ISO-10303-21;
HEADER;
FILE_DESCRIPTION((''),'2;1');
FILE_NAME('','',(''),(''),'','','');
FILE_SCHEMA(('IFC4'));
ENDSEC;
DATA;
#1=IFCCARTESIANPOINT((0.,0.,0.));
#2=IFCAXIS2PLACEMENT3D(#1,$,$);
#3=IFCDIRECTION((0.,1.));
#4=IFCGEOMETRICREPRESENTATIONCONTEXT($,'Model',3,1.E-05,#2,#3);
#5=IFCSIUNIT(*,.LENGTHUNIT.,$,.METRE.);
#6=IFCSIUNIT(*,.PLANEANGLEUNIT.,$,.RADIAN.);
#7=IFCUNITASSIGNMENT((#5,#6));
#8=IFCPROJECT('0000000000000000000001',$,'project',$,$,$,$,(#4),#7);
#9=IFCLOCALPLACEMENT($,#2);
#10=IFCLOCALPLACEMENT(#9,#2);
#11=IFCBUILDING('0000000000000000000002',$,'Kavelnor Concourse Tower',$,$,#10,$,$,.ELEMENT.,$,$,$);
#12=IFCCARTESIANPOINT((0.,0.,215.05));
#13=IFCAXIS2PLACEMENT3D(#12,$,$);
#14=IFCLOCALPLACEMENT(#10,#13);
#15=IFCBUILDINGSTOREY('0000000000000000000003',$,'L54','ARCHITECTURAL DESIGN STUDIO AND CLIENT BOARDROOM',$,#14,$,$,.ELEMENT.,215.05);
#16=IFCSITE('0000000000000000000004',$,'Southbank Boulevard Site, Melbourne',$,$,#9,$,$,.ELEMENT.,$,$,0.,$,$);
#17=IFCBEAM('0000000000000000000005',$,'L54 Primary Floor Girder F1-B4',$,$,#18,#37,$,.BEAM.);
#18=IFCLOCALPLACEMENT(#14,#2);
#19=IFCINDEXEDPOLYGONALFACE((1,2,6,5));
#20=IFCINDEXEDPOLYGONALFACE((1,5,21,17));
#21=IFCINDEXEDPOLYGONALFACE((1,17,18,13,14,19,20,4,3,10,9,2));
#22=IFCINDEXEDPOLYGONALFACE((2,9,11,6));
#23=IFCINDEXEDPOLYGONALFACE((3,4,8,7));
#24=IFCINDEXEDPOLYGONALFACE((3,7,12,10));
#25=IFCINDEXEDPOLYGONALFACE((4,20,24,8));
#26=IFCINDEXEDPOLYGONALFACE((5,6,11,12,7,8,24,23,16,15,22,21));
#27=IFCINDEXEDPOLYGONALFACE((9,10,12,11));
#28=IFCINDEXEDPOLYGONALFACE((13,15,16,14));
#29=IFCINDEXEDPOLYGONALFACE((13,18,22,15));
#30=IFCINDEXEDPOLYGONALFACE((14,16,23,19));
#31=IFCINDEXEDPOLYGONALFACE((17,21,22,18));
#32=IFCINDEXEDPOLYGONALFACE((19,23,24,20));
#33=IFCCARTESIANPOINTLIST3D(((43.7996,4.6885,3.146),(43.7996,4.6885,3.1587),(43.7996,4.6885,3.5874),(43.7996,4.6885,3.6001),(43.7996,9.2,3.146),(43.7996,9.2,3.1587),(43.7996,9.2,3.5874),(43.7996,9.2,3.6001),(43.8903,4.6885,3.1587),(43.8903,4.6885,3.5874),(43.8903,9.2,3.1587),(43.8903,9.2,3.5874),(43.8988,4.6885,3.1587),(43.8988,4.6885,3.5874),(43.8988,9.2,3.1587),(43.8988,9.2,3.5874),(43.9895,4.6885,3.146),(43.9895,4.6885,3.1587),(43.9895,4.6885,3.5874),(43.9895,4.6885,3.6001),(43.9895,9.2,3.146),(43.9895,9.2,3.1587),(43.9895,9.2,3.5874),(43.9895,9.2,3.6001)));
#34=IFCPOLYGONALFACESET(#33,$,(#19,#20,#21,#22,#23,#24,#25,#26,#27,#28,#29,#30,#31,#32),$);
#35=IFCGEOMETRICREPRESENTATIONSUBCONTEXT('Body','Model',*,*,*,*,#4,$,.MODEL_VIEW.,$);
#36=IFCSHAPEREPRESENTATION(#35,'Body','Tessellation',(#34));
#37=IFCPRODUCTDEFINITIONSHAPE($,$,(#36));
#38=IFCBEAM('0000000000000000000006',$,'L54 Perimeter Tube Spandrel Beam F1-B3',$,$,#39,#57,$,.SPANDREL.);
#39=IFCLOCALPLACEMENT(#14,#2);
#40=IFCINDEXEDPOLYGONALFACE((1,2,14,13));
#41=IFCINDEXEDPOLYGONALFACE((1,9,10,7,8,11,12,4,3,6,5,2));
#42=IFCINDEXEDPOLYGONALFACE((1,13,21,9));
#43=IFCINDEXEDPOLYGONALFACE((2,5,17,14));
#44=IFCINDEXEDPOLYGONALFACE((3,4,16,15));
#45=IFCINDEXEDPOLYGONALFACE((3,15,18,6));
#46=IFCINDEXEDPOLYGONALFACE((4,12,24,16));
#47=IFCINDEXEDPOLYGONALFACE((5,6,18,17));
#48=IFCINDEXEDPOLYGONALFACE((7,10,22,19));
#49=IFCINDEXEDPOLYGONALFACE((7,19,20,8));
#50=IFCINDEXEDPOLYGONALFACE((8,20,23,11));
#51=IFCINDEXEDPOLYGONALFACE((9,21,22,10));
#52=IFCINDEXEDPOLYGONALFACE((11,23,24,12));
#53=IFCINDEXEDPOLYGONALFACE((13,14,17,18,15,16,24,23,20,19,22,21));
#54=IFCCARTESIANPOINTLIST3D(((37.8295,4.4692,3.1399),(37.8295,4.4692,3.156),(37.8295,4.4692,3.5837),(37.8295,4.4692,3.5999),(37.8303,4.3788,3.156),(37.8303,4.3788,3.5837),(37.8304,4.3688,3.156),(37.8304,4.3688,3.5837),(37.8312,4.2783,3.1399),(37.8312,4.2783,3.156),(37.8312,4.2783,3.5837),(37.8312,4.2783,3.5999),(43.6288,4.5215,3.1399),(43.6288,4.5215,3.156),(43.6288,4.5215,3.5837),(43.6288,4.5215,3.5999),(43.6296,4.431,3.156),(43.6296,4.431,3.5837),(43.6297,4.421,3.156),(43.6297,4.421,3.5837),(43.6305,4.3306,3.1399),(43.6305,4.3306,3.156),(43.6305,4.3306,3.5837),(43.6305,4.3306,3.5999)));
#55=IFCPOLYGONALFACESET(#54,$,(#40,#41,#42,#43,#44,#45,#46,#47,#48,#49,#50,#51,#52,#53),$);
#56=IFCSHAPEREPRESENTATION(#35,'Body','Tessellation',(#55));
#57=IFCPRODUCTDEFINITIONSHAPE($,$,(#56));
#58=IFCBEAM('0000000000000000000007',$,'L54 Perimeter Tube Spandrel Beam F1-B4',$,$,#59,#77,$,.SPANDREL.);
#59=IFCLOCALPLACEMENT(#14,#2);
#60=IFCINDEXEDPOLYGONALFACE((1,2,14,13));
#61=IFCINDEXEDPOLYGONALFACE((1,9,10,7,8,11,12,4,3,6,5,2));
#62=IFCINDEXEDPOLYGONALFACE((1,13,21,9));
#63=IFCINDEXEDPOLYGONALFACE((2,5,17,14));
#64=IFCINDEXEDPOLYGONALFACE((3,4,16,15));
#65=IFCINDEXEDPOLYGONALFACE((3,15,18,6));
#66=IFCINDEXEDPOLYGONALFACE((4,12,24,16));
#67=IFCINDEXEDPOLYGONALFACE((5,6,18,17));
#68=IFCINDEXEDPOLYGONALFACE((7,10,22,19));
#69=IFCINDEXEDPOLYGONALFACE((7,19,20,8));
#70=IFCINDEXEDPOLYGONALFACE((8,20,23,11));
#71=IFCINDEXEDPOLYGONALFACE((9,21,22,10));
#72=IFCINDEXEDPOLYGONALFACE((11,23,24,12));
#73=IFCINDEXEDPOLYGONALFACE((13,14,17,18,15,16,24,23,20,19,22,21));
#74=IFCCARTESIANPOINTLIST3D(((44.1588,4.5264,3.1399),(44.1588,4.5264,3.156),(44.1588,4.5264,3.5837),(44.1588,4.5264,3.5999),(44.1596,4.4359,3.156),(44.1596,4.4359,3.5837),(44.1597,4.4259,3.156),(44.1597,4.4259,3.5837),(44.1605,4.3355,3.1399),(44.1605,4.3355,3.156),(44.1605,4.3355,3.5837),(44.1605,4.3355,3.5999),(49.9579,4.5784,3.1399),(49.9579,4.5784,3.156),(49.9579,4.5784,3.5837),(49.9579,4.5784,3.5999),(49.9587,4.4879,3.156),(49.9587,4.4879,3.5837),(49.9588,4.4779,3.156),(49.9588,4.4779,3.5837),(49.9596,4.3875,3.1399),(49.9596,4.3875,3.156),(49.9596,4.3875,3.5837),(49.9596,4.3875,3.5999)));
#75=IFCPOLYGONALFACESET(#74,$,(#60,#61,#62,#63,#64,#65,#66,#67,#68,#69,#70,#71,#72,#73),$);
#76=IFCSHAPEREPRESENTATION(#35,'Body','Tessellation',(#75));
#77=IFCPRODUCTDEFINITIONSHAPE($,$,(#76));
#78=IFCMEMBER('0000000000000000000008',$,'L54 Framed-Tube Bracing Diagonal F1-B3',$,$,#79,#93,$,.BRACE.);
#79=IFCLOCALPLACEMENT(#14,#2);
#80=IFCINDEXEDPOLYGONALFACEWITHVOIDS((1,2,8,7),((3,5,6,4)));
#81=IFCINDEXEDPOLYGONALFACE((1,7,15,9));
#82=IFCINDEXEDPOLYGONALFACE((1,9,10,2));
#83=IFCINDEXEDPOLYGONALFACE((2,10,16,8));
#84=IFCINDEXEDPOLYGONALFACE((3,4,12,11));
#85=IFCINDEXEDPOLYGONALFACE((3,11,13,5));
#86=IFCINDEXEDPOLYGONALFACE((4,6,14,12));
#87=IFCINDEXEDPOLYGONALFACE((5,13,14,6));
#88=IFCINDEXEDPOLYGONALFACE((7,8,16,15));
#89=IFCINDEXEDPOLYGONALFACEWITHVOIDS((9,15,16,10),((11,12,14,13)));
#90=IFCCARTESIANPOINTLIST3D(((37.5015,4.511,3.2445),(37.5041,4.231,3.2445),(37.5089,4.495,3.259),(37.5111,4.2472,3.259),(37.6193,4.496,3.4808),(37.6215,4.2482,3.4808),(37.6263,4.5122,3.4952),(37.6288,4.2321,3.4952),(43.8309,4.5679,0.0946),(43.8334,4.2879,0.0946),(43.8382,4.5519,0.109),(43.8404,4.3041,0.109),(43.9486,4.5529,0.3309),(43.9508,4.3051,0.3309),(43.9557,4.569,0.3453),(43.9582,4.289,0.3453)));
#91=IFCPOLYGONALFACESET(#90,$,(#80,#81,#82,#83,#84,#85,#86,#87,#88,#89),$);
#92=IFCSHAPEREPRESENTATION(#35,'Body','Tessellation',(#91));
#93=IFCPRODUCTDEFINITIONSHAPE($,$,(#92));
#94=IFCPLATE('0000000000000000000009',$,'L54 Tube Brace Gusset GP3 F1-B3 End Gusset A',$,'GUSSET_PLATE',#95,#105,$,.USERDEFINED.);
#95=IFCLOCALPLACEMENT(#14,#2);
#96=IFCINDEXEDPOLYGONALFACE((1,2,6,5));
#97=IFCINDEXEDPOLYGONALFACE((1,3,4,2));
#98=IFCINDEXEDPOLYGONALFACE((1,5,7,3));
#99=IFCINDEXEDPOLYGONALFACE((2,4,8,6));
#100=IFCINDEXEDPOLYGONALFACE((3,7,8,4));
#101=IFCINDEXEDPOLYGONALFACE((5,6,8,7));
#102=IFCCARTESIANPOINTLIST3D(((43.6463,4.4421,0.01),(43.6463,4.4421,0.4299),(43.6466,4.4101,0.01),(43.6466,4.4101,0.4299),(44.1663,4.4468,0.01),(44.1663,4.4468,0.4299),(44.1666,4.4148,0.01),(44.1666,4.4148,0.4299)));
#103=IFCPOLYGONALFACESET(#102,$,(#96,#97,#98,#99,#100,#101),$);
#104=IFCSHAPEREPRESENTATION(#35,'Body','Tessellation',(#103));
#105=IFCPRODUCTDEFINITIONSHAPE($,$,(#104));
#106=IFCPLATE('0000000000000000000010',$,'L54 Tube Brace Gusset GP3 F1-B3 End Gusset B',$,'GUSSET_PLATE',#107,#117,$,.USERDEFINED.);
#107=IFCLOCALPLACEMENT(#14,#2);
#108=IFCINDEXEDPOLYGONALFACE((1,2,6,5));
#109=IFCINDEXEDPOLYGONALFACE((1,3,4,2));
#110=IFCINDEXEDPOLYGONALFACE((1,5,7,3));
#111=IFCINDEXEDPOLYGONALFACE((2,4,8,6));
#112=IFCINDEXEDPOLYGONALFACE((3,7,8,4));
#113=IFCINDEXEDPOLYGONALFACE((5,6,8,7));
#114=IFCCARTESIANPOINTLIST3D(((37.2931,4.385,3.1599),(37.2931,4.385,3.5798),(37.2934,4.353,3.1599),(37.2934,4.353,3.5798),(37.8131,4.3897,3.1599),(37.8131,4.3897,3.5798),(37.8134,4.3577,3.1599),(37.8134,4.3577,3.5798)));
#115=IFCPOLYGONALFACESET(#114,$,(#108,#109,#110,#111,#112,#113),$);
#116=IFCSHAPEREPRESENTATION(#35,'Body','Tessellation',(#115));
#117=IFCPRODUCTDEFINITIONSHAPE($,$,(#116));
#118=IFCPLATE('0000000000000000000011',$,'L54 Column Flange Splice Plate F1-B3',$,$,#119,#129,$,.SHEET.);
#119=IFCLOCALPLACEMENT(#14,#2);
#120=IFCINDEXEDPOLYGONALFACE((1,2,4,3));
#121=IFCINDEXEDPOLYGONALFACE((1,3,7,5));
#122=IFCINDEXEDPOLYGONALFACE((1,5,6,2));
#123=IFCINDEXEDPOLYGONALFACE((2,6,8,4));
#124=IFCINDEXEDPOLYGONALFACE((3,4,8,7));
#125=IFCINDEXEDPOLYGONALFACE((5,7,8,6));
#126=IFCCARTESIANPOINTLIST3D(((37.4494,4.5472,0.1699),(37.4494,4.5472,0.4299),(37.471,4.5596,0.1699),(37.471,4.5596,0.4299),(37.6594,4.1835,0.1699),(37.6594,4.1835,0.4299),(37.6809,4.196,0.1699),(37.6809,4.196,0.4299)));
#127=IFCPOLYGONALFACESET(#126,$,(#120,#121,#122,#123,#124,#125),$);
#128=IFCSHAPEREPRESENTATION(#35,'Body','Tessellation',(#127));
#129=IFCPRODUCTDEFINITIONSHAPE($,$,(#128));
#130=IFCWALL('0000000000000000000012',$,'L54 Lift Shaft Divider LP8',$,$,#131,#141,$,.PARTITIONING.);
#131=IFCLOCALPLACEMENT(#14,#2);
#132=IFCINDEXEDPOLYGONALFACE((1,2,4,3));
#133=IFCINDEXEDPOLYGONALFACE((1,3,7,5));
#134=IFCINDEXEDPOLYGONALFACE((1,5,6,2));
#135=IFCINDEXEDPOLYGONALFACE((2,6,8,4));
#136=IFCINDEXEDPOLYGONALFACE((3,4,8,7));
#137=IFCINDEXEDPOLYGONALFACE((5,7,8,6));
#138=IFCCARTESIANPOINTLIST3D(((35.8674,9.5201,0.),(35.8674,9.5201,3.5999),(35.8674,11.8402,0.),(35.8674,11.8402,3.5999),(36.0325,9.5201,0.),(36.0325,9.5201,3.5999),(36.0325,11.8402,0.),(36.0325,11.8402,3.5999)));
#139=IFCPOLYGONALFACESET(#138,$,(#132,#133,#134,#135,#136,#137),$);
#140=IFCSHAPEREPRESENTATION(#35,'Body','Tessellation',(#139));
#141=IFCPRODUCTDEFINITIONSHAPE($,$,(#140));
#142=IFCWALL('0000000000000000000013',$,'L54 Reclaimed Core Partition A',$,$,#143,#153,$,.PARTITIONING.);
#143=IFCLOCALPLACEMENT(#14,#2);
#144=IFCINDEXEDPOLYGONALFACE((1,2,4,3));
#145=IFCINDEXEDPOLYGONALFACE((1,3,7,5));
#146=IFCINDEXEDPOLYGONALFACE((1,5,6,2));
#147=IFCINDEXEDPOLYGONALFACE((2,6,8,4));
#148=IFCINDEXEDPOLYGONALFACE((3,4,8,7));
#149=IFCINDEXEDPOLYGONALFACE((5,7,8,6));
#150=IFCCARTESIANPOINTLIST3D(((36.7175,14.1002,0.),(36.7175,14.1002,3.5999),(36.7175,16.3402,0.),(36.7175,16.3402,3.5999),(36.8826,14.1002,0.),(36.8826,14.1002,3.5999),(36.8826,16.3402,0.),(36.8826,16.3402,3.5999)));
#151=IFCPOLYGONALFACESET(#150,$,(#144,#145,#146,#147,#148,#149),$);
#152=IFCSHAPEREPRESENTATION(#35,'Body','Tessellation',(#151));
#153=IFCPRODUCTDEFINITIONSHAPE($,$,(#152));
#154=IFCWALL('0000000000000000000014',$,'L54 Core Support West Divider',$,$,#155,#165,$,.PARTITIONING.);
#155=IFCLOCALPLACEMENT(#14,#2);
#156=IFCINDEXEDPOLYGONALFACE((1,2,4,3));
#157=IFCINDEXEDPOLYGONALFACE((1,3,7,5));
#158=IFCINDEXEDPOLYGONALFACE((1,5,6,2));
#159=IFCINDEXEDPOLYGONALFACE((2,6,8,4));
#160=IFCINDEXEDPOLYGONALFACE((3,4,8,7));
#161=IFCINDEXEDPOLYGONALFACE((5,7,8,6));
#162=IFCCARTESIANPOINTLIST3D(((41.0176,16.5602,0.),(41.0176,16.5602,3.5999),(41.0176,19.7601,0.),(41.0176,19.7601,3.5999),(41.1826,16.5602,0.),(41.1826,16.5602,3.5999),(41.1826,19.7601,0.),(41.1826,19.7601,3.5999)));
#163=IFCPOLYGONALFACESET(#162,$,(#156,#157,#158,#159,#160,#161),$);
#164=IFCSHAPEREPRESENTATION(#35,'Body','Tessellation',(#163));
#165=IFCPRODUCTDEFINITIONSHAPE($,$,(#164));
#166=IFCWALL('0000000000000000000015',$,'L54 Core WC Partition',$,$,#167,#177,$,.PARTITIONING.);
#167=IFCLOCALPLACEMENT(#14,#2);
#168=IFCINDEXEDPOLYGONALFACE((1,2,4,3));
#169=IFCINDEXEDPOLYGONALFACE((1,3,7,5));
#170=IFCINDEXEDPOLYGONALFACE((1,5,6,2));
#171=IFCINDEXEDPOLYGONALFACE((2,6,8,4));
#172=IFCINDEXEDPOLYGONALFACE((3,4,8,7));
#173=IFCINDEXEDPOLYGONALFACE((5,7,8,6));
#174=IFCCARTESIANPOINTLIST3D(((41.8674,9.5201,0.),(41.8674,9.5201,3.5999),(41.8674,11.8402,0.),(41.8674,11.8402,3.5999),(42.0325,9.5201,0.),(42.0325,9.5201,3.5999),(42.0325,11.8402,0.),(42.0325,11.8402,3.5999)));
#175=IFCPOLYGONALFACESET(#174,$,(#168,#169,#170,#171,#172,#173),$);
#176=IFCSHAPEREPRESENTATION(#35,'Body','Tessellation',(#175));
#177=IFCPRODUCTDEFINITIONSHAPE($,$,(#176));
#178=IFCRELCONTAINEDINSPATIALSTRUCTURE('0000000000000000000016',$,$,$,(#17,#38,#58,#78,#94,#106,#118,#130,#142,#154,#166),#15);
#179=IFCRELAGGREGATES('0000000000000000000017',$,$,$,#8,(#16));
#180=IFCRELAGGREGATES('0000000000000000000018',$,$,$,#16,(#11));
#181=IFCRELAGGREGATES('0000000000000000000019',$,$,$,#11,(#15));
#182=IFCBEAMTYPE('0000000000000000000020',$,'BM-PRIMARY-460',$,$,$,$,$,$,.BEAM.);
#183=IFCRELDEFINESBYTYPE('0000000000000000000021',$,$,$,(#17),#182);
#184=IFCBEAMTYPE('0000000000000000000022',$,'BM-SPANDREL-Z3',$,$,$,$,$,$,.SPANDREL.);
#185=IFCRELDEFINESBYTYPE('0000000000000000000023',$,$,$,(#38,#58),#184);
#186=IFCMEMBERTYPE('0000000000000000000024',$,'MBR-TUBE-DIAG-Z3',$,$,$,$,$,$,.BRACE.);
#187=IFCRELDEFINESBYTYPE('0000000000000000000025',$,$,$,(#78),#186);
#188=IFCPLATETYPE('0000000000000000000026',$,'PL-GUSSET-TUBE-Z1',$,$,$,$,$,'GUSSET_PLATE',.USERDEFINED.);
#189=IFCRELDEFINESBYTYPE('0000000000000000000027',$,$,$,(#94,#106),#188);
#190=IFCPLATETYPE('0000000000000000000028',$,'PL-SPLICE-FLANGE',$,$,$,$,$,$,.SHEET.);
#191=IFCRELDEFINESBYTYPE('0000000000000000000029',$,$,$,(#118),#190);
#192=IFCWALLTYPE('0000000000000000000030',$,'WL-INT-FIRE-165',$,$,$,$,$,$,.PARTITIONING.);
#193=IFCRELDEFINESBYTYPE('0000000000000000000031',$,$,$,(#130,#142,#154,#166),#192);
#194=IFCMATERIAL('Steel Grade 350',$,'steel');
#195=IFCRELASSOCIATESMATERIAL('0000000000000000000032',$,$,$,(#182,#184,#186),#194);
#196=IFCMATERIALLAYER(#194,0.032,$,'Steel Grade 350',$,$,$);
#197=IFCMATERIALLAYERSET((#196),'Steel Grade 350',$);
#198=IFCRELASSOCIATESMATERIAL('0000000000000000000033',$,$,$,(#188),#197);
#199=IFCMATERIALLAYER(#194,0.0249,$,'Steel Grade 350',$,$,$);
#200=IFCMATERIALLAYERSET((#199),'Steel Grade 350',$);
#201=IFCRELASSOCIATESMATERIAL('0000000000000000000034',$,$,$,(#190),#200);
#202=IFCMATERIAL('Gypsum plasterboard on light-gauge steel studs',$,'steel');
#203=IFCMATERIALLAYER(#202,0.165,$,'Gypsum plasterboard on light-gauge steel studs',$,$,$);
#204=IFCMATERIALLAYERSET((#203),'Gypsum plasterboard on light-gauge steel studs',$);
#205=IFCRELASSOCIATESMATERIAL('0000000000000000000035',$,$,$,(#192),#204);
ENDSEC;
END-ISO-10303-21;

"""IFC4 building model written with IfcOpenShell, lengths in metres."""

from ifc_helpers import new_model, si_unit, direction, frame, frame_2d, origin, origin_2d, place, context, subcontext, project, spatial, rectangle, hollow_rectangle, i_section, extrude, material, layer, layer_set, material_profile, profile_set, type_object, element, save


model = new_model("IFC4")

# Units and contexts
model_context = context("Model", 3, precision=1e-05, world=origin(), true_north=direction((0.0, 1.0)))
body_context = subcontext(model_context, "Body", "Model", "MODEL_VIEW")
ifc_project = project(units=[si_unit("LENGTHUNIT", "METRE"), si_unit("PLANEANGLEUNIT", "RADIAN")], contexts=[model_context])

# Site, building, storey
site_placement = place(None, origin())
site = spatial("IfcSite", under=ifc_project, at=site_placement, Name="Southbank Boulevard Site, Melbourne", CompositionType="ELEMENT", RefElevation=0.0)
building_placement = place(site_placement, origin())
building = spatial("IfcBuilding", under=site, at=building_placement, Name="Kavelnor Concourse Tower", CompositionType="ELEMENT")
storey_placement = place(building_placement, frame((0.0, 0.0, 215.05)))
storey = spatial("IfcBuildingStorey", under=building, at=storey_placement, Name="L54", Description="ARCHITECTURAL DESIGN STUDIO AND CLIENT BOARDROOM", CompositionType="ELEMENT", Elevation=215.05)

# Shared definitions
ifc_material_1 = material(Name="Steel Grade 350", Category="steel")

# Beams
ifc_material_profile_1 = material_profile(ifc_material_1, i_section(OverallWidth=0.1899, OverallDepth=0.4541, WebThickness=0.0085, FlangeThickness=0.0127, at=origin_2d()), Name="460UB67")
ifc_profile_set_1 = profile_set([ifc_material_profile_1], Name="Steel Grade 350")
beam_type_1 = type_object("IfcBeamType", Name="BM-PRIMARY-460", PredefinedType="BEAM", material=ifc_profile_set_1)
beam_1_placement = place(storey_placement, frame((43.8945, 9.2, 3.373), z_axis=(0.0, -1.0, 0.0), x_axis=(1.0, 0.0, 0.0)))
element("IfcBeam", 1, at=beam_1_placement, inside=storey, type_object=beam_type_1, Name="L54 Primary Floor Girder F1-B4", PredefinedType="BEAM", context=body_context, shape_type="SweptSolid", body=[
    extrude(i_section(OverallWidth=0.1899, OverallDepth=0.4541, WebThickness=0.0085, FlangeThickness=0.0127, at=origin_2d()), origin(), (0.0, 0.0, 1.0), 4.5115),
])
ifc_material_profile_2 = material_profile(ifc_material_1, i_section(OverallWidth=0.1909, OverallDepth=0.46, WebThickness=0.01, FlangeThickness=0.0161, at=origin_2d()), Name="460UB82")
ifc_profile_set_2 = profile_set([ifc_material_profile_2], Name="Steel Grade 350")
beam_type_2 = type_object("IfcBeamType", Name="BM-SPANDREL-Z3", PredefinedType="SPANDREL", material=ifc_profile_set_2)
beam_2_placement = place(storey_placement, frame((37.8303, 4.3738, 3.3699), z_axis=(0.999959, 0.009009, 0.0), x_axis=(-0.009009, 0.999959, 0.0)))
element("IfcBeam", 2, at=beam_2_placement, inside=storey, type_object=beam_type_2, Name="L54 Perimeter Tube Spandrel Beam F1-B3", PredefinedType="SPANDREL", context=body_context, shape_type="SweptSolid", body=[
    extrude(i_section(OverallWidth=0.1909, OverallDepth=0.46, WebThickness=0.01, FlangeThickness=0.0161, at=origin_2d()), origin(), (0.0, 0.0, 1.0), 5.7996),
])
beam_3_placement = place(storey_placement, frame((44.1597, 4.4309, 3.3699), z_axis=(0.99996, 0.008967, 0.0), x_axis=(-0.008967, 0.99996, 0.0)))
element("IfcBeam", 3, at=beam_3_placement, inside=storey, type_object=beam_type_2, Name="L54 Perimeter Tube Spandrel Beam F1-B4", PredefinedType="SPANDREL", context=body_context, shape_type="SweptSolid", body=[
    extrude(i_section(OverallWidth=0.1909, OverallDepth=0.46, WebThickness=0.01, FlangeThickness=0.0161, at=origin_2d()), origin(), (0.0, 0.0, 1.0), 5.7993),
])

# Member
ifc_material_profile_3 = material_profile(ifc_material_1, hollow_rectangle(XDim=0.28, YDim=0.28, WallThickness=0.0161, at=origin_2d()), Name="SHS 280x280x16")
ifc_profile_set_3 = profile_set([ifc_material_profile_3], Name="Steel Grade 350")
member_type = type_object("IfcMemberType", Name="MBR-TUBE-DIAG-Z3", PredefinedType="BRACE", material=ifc_profile_set_3)
member_placement = place(storey_placement, frame((43.8945, 4.4285, 0.22), z_axis=(-0.895232, -0.008046, 0.445527), x_axis=(0.008987, -0.99996, 0.0)))
element("IfcMember", 4, at=member_placement, inside=storey, type_object=member_type, Name="L54 Framed-Tube Bracing Diagonal F1-B3", PredefinedType="BRACE", context=body_context, shape_type="SweptSolid", body=[
    extrude(hollow_rectangle(XDim=0.28, YDim=0.28, WallThickness=0.0161, at=origin_2d()), origin(), (0.0, 0.0, 1.0), 7.0701),
])

# Plates
ifc_layer_1 = layer(ifc_material_1, 0.032, Name="Steel Grade 350")
ifc_layer_set_1 = layer_set([ifc_layer_1], Name="Steel Grade 350")
plate_type_1 = type_object("IfcPlateType", Name="PL-GUSSET-TUBE-Z1", ElementType="GUSSET_PLATE", PredefinedType="USERDEFINED", material=ifc_layer_set_1)
for number, where, z_axis, x_axis, name in (
    (5, (43.9065, 4.4285, 0.01), (0.0, 0.0, 1.0), (-0.999959, -0.009076, 0.0), "L54 Tube Brace Gusset GP3 F1-B3 End Gusset A"),
    (6, (37.5532, 4.3713, 3.1599), (0.0, 0.0, 1.0), (-0.999959, -0.009076, 0.0), "L54 Tube Brace Gusset GP3 F1-B3 End Gusset B"),
):
    element("IfcPlate", number, at=place(storey_placement, frame(where, z_axis=z_axis, x_axis=x_axis)), inside=storey, type_object=plate_type_1, Name=name, ObjectType="GUSSET_PLATE", PredefinedType="USERDEFINED", context=body_context, shape_type="SweptSolid", body=[
        extrude(rectangle(XDim=0.52, YDim=0.032, at=origin_2d()), origin(), (0.0, 0.0, 1.0), 0.4199),
    ])
ifc_layer_2 = layer(ifc_material_1, 0.0249, Name="Steel Grade 350")
ifc_layer_set_2 = layer_set([ifc_layer_2], Name="Steel Grade 350")
plate_type_2 = type_object("IfcPlateType", Name="PL-SPLICE-FLANGE", PredefinedType="SHEET", material=ifc_layer_set_2)
plate_placement = place(storey_placement, frame((37.5652, 4.3716, 0.1699), z_axis=(0.0, 0.0, 1.0), x_axis=(-0.5, 0.866025, 0.0)))
element("IfcPlate", 7, at=plate_placement, inside=storey, type_object=plate_type_2, Name="L54 Column Flange Splice Plate F1-B3", PredefinedType="SHEET", context=body_context, shape_type="SweptSolid", body=[
    extrude(rectangle(XDim=0.4199, YDim=0.0249, at=origin_2d()), origin(), (0.0, 0.0, 1.0), 0.26),
])

# Walls
ifc_material_2 = material(Name="Gypsum plasterboard on light-gauge steel studs", Category="steel")
ifc_layer_3 = layer(ifc_material_2, 0.165, Name="Gypsum plasterboard on light-gauge steel studs")
ifc_layer_set_3 = layer_set([ifc_layer_3], Name="Gypsum plasterboard on light-gauge steel studs")
wall_type_1 = type_object("IfcWallType", Name="WL-INT-FIRE-165", PredefinedType="PARTITIONING", material=ifc_layer_set_3)
wall_1_placement = place(storey_placement, frame((35.95, 9.52, 0.0), z_axis=(0.0, 0.0, 1.0), x_axis=(0.0, 1.0, 0.0)))
element("IfcWall", 8, at=wall_1_placement, inside=storey, type_object=wall_type_1, Name="L54 Lift Shaft Divider LP8", PredefinedType="PARTITIONING", context=body_context, shape_type="SweptSolid", body=[
    extrude(rectangle(XDim=2.3201, YDim=0.165, at=frame_2d((1.1602, 0.0))), origin(), (0.0, 0.0, 1.0), 3.5999),
])
wall_2_placement = place(storey_placement, frame((36.8, 14.1001, 0.0), z_axis=(0.0, 0.0, 1.0), x_axis=(0.0, 1.0, 0.0)))
element("IfcWall", 9, at=wall_2_placement, inside=storey, type_object=wall_type_1, Name="L54 Reclaimed Core Partition A", PredefinedType="PARTITIONING", context=body_context, shape_type="SweptSolid", body=[
    extrude(rectangle(XDim=2.24, YDim=0.165, at=frame_2d((1.1201, 0.0))), origin(), (0.0, 0.0, 1.0), 3.5999),
])
wall_3_placement = place(storey_placement, frame((41.1001, 16.5601, 0.0), z_axis=(0.0, 0.0, 1.0), x_axis=(0.0, 1.0, 0.0)))
element("IfcWall", 10, at=wall_3_placement, inside=storey, type_object=wall_type_1, Name="L54 Core Support West Divider", PredefinedType="PARTITIONING", context=body_context, shape_type="SweptSolid", body=[
    extrude(rectangle(XDim=3.2, YDim=0.165, at=frame_2d((1.6001, 0.0))), origin(), (0.0, 0.0, 1.0), 3.5999),
])
wall_4_placement = place(storey_placement, frame((41.95, 9.52, 0.0), z_axis=(0.0, 0.0, 1.0), x_axis=(0.0, 1.0, 0.0)))
element("IfcWall", 11, at=wall_4_placement, inside=storey, type_object=wall_type_1, Name="L54 Core WC Partition", PredefinedType="PARTITIONING", context=body_context, shape_type="SweptSolid", body=[
    extrude(rectangle(XDim=2.3201, YDim=0.165, at=frame_2d((1.1602, 0.0))), origin(), (0.0, 0.0, 1.0), 3.5999),
])

save(model, "model.ifc")
